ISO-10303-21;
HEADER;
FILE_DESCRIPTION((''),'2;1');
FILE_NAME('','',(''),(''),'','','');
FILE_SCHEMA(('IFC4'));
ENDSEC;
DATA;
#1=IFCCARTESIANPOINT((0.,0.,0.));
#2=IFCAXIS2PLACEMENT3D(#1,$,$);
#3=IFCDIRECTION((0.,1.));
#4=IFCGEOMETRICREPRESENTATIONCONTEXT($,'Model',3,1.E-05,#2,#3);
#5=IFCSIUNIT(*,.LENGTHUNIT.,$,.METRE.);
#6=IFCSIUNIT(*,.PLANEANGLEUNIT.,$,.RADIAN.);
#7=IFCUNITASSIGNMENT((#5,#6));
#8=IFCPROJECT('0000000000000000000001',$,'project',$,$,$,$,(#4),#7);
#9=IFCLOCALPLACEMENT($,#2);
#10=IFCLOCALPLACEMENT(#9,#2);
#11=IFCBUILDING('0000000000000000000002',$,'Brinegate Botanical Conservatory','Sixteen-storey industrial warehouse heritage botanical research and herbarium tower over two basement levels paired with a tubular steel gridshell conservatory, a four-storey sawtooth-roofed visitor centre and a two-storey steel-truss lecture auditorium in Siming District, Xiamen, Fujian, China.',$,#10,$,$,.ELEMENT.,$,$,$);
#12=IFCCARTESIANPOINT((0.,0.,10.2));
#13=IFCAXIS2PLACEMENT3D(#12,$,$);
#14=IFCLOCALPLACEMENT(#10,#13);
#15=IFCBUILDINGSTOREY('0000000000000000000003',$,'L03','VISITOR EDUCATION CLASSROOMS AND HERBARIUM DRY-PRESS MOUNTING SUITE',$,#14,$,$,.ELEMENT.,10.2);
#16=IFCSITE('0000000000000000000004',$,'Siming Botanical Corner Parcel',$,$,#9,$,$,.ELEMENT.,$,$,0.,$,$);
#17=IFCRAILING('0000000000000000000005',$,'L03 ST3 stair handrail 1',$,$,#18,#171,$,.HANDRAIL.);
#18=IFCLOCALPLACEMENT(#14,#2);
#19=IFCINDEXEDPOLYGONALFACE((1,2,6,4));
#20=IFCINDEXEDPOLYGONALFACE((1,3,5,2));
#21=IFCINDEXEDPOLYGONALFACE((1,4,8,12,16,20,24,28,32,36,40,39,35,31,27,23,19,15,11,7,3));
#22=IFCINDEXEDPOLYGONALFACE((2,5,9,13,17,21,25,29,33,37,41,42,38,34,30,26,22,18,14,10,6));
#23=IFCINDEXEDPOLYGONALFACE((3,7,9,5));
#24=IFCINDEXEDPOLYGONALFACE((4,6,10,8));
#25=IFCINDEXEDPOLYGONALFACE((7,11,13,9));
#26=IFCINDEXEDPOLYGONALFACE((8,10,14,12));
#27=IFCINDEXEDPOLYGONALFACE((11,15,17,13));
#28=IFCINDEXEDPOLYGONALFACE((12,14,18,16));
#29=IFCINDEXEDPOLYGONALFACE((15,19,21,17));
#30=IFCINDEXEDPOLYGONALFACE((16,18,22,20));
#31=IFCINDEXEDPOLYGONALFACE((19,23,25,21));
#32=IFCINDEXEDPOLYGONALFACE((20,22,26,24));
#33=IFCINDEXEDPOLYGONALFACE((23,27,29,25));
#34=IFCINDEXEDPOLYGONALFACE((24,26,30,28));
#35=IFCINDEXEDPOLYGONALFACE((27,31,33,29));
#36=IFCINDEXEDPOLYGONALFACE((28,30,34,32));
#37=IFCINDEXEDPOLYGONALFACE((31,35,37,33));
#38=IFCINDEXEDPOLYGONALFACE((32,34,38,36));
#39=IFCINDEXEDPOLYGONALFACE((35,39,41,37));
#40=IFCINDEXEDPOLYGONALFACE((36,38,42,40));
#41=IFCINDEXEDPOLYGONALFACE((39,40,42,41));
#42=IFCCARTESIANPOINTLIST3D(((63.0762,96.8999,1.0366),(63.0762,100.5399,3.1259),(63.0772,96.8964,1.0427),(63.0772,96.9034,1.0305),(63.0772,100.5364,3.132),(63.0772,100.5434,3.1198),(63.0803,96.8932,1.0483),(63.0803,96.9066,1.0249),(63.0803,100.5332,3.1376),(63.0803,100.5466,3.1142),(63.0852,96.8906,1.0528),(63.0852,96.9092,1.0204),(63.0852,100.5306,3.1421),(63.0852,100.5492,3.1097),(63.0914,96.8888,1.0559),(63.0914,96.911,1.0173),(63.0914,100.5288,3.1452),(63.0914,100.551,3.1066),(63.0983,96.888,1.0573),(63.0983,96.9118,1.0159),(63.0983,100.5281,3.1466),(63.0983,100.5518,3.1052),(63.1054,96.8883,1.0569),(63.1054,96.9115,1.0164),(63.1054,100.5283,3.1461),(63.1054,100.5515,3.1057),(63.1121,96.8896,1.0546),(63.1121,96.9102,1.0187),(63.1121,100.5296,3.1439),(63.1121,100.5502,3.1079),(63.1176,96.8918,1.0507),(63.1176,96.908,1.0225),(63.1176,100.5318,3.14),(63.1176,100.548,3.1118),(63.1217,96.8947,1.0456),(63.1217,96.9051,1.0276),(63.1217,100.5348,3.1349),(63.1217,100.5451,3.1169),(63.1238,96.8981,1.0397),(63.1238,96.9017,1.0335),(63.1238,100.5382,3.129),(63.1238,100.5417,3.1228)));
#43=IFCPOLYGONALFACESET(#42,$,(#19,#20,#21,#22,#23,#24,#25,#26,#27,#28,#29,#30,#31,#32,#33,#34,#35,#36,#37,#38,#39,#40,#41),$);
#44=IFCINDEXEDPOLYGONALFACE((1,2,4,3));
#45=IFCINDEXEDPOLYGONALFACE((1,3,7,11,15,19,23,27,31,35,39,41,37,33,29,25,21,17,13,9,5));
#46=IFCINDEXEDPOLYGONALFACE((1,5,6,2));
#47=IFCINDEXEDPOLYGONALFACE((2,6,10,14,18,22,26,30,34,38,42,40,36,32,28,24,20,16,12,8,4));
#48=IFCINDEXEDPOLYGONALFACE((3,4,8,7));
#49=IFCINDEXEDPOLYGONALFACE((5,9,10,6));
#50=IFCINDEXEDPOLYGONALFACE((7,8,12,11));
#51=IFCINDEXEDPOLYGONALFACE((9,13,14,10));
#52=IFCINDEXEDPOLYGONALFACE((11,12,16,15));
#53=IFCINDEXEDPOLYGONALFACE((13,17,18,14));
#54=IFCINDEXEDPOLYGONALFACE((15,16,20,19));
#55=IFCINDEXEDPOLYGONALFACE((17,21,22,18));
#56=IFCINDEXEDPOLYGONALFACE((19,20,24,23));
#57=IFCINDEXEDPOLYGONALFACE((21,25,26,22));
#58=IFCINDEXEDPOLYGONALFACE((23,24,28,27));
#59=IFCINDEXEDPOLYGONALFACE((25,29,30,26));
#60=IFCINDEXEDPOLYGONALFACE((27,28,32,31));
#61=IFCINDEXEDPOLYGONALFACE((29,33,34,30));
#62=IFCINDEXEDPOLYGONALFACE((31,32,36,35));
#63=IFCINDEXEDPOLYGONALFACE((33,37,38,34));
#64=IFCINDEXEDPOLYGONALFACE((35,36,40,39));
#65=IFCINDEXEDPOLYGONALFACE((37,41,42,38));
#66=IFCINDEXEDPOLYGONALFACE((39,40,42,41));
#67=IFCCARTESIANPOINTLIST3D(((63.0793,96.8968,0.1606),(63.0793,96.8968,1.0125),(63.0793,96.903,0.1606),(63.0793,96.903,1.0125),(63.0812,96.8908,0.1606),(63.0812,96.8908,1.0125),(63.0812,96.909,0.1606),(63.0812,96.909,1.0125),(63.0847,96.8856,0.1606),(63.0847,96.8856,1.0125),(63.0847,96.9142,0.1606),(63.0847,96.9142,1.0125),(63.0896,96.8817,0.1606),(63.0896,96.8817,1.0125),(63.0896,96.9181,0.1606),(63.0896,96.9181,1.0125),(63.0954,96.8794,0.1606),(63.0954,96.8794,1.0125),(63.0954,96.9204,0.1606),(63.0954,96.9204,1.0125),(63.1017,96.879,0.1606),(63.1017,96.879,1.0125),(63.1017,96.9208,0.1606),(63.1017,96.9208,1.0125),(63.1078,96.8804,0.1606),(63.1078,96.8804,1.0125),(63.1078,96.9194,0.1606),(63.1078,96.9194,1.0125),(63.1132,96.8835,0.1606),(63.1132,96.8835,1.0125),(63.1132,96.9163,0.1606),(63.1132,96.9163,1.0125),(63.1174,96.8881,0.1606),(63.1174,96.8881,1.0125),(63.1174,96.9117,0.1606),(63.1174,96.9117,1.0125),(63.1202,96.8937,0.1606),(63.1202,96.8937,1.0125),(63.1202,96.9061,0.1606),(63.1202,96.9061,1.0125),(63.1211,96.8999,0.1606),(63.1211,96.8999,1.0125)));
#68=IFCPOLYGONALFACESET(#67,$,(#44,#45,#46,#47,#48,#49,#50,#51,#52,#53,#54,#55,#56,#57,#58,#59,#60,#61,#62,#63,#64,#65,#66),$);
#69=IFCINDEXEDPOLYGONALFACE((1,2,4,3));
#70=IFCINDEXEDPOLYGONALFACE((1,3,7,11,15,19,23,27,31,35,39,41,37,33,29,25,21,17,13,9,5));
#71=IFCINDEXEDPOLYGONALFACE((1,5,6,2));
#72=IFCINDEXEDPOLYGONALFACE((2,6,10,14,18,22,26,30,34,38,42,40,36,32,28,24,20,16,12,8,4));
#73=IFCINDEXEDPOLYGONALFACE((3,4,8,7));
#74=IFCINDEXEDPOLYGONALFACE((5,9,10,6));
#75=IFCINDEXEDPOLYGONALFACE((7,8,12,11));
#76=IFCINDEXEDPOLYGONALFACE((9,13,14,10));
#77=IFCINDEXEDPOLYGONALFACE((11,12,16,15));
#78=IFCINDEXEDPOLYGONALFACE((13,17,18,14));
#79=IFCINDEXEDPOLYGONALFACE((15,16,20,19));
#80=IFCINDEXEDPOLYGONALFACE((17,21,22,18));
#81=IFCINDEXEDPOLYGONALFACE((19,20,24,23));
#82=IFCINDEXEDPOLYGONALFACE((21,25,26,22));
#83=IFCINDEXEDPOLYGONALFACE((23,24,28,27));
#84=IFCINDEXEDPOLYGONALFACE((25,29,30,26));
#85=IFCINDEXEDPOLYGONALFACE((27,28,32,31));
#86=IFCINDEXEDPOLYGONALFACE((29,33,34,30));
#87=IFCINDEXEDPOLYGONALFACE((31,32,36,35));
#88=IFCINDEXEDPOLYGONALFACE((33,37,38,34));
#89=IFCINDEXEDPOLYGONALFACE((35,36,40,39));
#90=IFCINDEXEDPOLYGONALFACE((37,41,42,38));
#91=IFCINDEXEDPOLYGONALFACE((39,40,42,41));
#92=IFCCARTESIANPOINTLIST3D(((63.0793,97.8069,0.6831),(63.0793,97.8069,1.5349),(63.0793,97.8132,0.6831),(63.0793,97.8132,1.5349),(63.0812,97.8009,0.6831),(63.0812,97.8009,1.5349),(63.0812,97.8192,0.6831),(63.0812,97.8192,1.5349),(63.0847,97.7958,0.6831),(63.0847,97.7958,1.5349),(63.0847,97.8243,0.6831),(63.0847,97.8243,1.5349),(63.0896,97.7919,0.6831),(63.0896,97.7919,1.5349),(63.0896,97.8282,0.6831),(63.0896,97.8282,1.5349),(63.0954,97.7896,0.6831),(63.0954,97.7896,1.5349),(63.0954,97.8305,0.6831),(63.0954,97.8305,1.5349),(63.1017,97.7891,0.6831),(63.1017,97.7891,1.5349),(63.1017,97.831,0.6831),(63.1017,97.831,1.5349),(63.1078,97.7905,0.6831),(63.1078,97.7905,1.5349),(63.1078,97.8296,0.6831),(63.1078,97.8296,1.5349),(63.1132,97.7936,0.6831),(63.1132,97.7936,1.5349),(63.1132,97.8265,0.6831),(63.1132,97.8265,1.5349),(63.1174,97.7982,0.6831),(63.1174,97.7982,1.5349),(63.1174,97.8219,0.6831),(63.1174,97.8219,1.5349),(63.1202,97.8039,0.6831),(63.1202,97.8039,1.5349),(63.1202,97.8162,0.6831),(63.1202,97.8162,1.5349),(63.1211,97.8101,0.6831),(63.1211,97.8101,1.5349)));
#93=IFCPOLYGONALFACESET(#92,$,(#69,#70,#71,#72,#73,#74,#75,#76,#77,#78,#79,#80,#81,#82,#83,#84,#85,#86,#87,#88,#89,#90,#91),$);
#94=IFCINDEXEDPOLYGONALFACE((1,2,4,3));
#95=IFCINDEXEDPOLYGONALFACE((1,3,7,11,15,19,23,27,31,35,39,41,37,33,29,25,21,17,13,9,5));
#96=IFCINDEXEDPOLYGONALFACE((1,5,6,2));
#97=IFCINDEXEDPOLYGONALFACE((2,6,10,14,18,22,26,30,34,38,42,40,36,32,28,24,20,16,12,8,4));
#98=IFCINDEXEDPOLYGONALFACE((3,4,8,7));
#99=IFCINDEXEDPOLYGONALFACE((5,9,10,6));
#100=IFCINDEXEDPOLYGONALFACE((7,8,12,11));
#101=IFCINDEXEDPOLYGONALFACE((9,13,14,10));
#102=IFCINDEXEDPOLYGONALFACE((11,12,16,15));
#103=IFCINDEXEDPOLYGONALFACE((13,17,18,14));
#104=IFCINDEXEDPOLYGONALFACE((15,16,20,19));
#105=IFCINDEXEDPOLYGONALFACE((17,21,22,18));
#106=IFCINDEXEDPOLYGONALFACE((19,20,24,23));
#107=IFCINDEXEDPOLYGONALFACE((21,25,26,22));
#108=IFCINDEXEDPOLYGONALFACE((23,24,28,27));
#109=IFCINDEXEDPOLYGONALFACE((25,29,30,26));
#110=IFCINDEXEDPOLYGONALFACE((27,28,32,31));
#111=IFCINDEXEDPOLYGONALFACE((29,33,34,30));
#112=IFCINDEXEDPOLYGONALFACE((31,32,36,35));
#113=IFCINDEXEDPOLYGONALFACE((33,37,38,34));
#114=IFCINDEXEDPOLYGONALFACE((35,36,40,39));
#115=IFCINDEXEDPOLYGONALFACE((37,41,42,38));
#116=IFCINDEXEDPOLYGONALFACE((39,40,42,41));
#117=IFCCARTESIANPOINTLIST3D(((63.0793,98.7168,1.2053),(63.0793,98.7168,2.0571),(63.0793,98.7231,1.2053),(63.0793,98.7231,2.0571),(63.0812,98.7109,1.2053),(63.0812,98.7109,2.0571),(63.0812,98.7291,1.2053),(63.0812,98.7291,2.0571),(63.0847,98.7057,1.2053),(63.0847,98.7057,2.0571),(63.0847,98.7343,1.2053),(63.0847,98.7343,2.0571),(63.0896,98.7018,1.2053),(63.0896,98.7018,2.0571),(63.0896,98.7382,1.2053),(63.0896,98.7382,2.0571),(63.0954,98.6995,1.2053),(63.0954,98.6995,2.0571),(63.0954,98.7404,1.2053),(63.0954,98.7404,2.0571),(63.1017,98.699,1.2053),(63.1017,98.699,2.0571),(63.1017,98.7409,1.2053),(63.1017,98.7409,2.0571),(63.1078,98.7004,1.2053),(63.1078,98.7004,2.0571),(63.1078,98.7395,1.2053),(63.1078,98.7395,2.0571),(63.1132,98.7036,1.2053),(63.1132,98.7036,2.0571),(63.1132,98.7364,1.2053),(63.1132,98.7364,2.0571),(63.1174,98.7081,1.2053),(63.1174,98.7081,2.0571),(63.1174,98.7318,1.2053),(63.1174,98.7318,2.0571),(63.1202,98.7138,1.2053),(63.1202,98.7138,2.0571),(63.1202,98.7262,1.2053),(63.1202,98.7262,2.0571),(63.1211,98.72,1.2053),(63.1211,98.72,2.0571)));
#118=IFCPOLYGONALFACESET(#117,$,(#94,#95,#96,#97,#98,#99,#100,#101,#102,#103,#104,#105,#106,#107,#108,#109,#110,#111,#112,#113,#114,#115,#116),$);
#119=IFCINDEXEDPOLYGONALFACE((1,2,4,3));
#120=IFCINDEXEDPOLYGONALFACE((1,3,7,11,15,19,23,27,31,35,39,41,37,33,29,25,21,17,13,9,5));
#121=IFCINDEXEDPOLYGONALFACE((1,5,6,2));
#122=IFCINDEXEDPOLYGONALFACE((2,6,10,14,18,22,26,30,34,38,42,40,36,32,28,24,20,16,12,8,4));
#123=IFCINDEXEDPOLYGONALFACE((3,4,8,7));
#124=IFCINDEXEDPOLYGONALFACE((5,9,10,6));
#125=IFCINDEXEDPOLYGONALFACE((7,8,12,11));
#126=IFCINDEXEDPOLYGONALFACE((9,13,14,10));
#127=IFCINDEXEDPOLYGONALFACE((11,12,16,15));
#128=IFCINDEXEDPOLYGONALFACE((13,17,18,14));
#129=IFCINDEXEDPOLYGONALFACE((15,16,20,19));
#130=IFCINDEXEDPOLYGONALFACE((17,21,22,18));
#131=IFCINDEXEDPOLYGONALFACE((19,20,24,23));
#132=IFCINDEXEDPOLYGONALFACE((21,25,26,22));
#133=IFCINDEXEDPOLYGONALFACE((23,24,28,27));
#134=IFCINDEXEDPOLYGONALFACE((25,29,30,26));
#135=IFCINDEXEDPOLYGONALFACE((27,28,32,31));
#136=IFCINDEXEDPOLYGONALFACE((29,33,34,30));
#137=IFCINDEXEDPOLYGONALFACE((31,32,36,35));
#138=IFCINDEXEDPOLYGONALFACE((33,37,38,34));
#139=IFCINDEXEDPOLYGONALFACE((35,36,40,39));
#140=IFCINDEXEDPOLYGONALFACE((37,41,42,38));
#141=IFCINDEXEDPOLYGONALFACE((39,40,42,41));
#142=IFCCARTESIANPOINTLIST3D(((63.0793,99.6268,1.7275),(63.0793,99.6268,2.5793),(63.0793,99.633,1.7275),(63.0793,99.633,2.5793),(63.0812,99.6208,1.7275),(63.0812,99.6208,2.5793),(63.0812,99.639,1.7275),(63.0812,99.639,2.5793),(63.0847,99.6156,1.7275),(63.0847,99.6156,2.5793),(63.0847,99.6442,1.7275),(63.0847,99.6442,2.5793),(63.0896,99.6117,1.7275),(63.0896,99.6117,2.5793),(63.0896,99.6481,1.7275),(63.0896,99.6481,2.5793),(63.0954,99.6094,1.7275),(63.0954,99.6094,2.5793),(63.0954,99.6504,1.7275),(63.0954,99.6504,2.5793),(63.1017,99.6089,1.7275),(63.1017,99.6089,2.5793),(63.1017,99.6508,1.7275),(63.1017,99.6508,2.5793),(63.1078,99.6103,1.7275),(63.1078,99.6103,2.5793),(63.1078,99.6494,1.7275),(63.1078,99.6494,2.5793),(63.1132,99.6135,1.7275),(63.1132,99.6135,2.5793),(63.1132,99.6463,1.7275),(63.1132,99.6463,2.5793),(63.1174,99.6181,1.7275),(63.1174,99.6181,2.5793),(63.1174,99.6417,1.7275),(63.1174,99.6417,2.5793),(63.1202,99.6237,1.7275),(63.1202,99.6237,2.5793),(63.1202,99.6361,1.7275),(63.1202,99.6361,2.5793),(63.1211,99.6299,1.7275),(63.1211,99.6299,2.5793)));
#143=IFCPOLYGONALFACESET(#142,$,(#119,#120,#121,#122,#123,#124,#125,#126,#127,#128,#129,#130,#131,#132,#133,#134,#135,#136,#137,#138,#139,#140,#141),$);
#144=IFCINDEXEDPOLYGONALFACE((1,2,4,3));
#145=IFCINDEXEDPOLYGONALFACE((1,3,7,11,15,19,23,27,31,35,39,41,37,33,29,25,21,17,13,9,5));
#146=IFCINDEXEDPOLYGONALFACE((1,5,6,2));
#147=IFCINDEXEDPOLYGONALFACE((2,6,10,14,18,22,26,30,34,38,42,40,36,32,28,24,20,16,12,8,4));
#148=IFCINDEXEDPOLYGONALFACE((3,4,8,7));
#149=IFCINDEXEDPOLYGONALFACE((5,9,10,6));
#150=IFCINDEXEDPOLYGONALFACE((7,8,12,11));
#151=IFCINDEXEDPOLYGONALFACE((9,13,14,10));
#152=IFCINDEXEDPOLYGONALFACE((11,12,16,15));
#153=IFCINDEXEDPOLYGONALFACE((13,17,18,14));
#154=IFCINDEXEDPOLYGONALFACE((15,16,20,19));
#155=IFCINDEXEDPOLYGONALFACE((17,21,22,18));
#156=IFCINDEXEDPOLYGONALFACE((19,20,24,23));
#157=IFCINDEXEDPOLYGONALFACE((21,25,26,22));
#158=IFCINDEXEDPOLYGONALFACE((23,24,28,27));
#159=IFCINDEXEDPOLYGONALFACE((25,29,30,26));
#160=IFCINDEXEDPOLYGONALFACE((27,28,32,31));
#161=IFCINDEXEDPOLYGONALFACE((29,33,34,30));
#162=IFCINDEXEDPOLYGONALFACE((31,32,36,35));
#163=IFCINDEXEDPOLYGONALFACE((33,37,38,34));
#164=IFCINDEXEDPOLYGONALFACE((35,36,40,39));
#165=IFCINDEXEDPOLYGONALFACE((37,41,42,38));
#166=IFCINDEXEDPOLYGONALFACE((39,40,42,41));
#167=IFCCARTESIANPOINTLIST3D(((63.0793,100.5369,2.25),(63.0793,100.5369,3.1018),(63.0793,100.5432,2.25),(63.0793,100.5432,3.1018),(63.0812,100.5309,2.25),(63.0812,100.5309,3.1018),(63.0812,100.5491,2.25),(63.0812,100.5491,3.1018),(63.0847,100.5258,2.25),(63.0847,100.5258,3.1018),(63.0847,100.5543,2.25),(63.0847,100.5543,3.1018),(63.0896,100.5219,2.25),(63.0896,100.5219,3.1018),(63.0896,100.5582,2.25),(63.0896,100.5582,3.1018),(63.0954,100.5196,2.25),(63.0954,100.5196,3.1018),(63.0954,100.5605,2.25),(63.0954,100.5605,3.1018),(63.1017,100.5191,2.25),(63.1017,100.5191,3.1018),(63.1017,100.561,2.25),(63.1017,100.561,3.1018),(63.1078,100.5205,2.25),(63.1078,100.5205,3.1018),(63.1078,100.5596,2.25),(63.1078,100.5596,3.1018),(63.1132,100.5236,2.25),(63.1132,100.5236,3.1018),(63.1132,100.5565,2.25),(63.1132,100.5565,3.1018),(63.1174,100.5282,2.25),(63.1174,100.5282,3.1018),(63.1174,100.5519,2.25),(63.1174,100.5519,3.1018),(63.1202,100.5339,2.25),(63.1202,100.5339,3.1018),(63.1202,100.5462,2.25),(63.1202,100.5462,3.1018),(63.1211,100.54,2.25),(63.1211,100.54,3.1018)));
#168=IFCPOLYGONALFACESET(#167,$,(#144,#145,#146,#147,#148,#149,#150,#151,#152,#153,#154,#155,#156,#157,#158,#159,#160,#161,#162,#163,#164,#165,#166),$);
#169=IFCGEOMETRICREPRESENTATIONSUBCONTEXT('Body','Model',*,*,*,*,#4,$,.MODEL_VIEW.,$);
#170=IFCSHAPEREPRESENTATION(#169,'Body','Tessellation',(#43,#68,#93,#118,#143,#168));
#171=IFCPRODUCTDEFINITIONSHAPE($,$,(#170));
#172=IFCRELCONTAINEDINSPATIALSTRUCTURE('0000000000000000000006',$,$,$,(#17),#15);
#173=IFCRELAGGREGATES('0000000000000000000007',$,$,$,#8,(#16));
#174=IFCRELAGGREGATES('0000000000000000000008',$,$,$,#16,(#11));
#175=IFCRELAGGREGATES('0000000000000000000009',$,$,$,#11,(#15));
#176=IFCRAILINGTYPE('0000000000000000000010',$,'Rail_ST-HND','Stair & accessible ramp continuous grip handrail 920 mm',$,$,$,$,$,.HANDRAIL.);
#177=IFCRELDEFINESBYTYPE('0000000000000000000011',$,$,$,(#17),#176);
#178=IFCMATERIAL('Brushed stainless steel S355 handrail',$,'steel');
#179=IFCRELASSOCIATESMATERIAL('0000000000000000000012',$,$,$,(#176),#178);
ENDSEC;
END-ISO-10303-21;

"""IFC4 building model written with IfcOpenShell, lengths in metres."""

from ifc_helpers import new_model, si_unit, direction, frame, origin, origin_2d, place, context, subcontext, project, spatial, circle, extrude, material, type_object, element, save


model = new_model("IFC4")

# Units and contexts
model_context = context("Model", 3, precision=1e-05, world=origin(), true_north=direction((0.0, 1.0)))
body_context = subcontext(model_context, "Body", "Model", "MODEL_VIEW")
ifc_project = project(units=[si_unit("LENGTHUNIT", "METRE"), si_unit("PLANEANGLEUNIT", "RADIAN")], contexts=[model_context])

# Site, building, storey
site_placement = place(None, origin())
site = spatial("IfcSite", under=ifc_project, at=site_placement, Name="Siming Botanical Corner Parcel", CompositionType="ELEMENT", RefElevation=0.0)
building_placement = place(site_placement, origin())
building = spatial("IfcBuilding", under=site, at=building_placement, Name="Brinegate Botanical Conservatory", Description="Sixteen-storey industrial warehouse heritage botanical research and herbarium tower over two basement levels paired with a tubular steel gridshell conservatory, a four-storey sawtooth-roofed visitor centre and a two-storey steel-truss lecture auditorium in Siming District, Xiamen, Fujian, China.", CompositionType="ELEMENT")
storey_placement = place(building_placement, frame((0.0, 0.0, 10.2)))
storey = spatial("IfcBuildingStorey", under=building, at=storey_placement, Name="L03", Description="VISITOR EDUCATION CLASSROOMS AND HERBARIUM DRY-PRESS MOUNTING SUITE", CompositionType="ELEMENT", Elevation=10.2)

# Railing
ifc_material_1 = material(Name="Brushed stainless steel S355 handrail", Category="steel")
railing_type_1 = type_object("IfcRailingType", Name="Rail_ST-HND", Description="Stair & accessible ramp continuous grip handrail 920 mm", PredefinedType="HANDRAIL", material=ifc_material_1)
railing_1_placement = place(storey_placement, frame((63.1001, 96.8999, 0.1606)))
element("IfcRailing", 1, at=railing_1_placement, inside=storey, type_object=railing_type_1, Name="L03 ST3 stair handrail 1", PredefinedType="HANDRAIL", context=body_context, shape_type="SweptSolid", body=[
    extrude(circle(Radius=0.0239, at=origin_2d()), frame((0.0, 0.0, 0.876), z_axis=(0.0, 0.867289, 0.497804), x_axis=(-1.0, 0.0, 0.0)), (0.0, 0.0, 1.0), 4.197),
    extrude(circle(Radius=0.021, at=origin_2d()), origin(), (0.0, 0.0, 1.0), 0.8518),
    extrude(circle(Radius=0.021, at=origin_2d()), frame((0.0, 0.9102, 0.5225)), (0.0, 0.0, 1.0), 0.8518),
    extrude(circle(Radius=0.021, at=origin_2d()), frame((0.0, 1.8201, 1.0447)), (0.0, 0.0, 1.0), 0.8518),
    extrude(circle(Radius=0.021, at=origin_2d()), frame((0.0, 2.73, 1.5669)), (0.0, 0.0, 1.0), 0.8518),
    extrude(circle(Radius=0.021, at=origin_2d()), frame((0.0, 3.6401, 2.0894)), (0.0, 0.0, 1.0), 0.8518),
])

save(model, "model.ifc")
